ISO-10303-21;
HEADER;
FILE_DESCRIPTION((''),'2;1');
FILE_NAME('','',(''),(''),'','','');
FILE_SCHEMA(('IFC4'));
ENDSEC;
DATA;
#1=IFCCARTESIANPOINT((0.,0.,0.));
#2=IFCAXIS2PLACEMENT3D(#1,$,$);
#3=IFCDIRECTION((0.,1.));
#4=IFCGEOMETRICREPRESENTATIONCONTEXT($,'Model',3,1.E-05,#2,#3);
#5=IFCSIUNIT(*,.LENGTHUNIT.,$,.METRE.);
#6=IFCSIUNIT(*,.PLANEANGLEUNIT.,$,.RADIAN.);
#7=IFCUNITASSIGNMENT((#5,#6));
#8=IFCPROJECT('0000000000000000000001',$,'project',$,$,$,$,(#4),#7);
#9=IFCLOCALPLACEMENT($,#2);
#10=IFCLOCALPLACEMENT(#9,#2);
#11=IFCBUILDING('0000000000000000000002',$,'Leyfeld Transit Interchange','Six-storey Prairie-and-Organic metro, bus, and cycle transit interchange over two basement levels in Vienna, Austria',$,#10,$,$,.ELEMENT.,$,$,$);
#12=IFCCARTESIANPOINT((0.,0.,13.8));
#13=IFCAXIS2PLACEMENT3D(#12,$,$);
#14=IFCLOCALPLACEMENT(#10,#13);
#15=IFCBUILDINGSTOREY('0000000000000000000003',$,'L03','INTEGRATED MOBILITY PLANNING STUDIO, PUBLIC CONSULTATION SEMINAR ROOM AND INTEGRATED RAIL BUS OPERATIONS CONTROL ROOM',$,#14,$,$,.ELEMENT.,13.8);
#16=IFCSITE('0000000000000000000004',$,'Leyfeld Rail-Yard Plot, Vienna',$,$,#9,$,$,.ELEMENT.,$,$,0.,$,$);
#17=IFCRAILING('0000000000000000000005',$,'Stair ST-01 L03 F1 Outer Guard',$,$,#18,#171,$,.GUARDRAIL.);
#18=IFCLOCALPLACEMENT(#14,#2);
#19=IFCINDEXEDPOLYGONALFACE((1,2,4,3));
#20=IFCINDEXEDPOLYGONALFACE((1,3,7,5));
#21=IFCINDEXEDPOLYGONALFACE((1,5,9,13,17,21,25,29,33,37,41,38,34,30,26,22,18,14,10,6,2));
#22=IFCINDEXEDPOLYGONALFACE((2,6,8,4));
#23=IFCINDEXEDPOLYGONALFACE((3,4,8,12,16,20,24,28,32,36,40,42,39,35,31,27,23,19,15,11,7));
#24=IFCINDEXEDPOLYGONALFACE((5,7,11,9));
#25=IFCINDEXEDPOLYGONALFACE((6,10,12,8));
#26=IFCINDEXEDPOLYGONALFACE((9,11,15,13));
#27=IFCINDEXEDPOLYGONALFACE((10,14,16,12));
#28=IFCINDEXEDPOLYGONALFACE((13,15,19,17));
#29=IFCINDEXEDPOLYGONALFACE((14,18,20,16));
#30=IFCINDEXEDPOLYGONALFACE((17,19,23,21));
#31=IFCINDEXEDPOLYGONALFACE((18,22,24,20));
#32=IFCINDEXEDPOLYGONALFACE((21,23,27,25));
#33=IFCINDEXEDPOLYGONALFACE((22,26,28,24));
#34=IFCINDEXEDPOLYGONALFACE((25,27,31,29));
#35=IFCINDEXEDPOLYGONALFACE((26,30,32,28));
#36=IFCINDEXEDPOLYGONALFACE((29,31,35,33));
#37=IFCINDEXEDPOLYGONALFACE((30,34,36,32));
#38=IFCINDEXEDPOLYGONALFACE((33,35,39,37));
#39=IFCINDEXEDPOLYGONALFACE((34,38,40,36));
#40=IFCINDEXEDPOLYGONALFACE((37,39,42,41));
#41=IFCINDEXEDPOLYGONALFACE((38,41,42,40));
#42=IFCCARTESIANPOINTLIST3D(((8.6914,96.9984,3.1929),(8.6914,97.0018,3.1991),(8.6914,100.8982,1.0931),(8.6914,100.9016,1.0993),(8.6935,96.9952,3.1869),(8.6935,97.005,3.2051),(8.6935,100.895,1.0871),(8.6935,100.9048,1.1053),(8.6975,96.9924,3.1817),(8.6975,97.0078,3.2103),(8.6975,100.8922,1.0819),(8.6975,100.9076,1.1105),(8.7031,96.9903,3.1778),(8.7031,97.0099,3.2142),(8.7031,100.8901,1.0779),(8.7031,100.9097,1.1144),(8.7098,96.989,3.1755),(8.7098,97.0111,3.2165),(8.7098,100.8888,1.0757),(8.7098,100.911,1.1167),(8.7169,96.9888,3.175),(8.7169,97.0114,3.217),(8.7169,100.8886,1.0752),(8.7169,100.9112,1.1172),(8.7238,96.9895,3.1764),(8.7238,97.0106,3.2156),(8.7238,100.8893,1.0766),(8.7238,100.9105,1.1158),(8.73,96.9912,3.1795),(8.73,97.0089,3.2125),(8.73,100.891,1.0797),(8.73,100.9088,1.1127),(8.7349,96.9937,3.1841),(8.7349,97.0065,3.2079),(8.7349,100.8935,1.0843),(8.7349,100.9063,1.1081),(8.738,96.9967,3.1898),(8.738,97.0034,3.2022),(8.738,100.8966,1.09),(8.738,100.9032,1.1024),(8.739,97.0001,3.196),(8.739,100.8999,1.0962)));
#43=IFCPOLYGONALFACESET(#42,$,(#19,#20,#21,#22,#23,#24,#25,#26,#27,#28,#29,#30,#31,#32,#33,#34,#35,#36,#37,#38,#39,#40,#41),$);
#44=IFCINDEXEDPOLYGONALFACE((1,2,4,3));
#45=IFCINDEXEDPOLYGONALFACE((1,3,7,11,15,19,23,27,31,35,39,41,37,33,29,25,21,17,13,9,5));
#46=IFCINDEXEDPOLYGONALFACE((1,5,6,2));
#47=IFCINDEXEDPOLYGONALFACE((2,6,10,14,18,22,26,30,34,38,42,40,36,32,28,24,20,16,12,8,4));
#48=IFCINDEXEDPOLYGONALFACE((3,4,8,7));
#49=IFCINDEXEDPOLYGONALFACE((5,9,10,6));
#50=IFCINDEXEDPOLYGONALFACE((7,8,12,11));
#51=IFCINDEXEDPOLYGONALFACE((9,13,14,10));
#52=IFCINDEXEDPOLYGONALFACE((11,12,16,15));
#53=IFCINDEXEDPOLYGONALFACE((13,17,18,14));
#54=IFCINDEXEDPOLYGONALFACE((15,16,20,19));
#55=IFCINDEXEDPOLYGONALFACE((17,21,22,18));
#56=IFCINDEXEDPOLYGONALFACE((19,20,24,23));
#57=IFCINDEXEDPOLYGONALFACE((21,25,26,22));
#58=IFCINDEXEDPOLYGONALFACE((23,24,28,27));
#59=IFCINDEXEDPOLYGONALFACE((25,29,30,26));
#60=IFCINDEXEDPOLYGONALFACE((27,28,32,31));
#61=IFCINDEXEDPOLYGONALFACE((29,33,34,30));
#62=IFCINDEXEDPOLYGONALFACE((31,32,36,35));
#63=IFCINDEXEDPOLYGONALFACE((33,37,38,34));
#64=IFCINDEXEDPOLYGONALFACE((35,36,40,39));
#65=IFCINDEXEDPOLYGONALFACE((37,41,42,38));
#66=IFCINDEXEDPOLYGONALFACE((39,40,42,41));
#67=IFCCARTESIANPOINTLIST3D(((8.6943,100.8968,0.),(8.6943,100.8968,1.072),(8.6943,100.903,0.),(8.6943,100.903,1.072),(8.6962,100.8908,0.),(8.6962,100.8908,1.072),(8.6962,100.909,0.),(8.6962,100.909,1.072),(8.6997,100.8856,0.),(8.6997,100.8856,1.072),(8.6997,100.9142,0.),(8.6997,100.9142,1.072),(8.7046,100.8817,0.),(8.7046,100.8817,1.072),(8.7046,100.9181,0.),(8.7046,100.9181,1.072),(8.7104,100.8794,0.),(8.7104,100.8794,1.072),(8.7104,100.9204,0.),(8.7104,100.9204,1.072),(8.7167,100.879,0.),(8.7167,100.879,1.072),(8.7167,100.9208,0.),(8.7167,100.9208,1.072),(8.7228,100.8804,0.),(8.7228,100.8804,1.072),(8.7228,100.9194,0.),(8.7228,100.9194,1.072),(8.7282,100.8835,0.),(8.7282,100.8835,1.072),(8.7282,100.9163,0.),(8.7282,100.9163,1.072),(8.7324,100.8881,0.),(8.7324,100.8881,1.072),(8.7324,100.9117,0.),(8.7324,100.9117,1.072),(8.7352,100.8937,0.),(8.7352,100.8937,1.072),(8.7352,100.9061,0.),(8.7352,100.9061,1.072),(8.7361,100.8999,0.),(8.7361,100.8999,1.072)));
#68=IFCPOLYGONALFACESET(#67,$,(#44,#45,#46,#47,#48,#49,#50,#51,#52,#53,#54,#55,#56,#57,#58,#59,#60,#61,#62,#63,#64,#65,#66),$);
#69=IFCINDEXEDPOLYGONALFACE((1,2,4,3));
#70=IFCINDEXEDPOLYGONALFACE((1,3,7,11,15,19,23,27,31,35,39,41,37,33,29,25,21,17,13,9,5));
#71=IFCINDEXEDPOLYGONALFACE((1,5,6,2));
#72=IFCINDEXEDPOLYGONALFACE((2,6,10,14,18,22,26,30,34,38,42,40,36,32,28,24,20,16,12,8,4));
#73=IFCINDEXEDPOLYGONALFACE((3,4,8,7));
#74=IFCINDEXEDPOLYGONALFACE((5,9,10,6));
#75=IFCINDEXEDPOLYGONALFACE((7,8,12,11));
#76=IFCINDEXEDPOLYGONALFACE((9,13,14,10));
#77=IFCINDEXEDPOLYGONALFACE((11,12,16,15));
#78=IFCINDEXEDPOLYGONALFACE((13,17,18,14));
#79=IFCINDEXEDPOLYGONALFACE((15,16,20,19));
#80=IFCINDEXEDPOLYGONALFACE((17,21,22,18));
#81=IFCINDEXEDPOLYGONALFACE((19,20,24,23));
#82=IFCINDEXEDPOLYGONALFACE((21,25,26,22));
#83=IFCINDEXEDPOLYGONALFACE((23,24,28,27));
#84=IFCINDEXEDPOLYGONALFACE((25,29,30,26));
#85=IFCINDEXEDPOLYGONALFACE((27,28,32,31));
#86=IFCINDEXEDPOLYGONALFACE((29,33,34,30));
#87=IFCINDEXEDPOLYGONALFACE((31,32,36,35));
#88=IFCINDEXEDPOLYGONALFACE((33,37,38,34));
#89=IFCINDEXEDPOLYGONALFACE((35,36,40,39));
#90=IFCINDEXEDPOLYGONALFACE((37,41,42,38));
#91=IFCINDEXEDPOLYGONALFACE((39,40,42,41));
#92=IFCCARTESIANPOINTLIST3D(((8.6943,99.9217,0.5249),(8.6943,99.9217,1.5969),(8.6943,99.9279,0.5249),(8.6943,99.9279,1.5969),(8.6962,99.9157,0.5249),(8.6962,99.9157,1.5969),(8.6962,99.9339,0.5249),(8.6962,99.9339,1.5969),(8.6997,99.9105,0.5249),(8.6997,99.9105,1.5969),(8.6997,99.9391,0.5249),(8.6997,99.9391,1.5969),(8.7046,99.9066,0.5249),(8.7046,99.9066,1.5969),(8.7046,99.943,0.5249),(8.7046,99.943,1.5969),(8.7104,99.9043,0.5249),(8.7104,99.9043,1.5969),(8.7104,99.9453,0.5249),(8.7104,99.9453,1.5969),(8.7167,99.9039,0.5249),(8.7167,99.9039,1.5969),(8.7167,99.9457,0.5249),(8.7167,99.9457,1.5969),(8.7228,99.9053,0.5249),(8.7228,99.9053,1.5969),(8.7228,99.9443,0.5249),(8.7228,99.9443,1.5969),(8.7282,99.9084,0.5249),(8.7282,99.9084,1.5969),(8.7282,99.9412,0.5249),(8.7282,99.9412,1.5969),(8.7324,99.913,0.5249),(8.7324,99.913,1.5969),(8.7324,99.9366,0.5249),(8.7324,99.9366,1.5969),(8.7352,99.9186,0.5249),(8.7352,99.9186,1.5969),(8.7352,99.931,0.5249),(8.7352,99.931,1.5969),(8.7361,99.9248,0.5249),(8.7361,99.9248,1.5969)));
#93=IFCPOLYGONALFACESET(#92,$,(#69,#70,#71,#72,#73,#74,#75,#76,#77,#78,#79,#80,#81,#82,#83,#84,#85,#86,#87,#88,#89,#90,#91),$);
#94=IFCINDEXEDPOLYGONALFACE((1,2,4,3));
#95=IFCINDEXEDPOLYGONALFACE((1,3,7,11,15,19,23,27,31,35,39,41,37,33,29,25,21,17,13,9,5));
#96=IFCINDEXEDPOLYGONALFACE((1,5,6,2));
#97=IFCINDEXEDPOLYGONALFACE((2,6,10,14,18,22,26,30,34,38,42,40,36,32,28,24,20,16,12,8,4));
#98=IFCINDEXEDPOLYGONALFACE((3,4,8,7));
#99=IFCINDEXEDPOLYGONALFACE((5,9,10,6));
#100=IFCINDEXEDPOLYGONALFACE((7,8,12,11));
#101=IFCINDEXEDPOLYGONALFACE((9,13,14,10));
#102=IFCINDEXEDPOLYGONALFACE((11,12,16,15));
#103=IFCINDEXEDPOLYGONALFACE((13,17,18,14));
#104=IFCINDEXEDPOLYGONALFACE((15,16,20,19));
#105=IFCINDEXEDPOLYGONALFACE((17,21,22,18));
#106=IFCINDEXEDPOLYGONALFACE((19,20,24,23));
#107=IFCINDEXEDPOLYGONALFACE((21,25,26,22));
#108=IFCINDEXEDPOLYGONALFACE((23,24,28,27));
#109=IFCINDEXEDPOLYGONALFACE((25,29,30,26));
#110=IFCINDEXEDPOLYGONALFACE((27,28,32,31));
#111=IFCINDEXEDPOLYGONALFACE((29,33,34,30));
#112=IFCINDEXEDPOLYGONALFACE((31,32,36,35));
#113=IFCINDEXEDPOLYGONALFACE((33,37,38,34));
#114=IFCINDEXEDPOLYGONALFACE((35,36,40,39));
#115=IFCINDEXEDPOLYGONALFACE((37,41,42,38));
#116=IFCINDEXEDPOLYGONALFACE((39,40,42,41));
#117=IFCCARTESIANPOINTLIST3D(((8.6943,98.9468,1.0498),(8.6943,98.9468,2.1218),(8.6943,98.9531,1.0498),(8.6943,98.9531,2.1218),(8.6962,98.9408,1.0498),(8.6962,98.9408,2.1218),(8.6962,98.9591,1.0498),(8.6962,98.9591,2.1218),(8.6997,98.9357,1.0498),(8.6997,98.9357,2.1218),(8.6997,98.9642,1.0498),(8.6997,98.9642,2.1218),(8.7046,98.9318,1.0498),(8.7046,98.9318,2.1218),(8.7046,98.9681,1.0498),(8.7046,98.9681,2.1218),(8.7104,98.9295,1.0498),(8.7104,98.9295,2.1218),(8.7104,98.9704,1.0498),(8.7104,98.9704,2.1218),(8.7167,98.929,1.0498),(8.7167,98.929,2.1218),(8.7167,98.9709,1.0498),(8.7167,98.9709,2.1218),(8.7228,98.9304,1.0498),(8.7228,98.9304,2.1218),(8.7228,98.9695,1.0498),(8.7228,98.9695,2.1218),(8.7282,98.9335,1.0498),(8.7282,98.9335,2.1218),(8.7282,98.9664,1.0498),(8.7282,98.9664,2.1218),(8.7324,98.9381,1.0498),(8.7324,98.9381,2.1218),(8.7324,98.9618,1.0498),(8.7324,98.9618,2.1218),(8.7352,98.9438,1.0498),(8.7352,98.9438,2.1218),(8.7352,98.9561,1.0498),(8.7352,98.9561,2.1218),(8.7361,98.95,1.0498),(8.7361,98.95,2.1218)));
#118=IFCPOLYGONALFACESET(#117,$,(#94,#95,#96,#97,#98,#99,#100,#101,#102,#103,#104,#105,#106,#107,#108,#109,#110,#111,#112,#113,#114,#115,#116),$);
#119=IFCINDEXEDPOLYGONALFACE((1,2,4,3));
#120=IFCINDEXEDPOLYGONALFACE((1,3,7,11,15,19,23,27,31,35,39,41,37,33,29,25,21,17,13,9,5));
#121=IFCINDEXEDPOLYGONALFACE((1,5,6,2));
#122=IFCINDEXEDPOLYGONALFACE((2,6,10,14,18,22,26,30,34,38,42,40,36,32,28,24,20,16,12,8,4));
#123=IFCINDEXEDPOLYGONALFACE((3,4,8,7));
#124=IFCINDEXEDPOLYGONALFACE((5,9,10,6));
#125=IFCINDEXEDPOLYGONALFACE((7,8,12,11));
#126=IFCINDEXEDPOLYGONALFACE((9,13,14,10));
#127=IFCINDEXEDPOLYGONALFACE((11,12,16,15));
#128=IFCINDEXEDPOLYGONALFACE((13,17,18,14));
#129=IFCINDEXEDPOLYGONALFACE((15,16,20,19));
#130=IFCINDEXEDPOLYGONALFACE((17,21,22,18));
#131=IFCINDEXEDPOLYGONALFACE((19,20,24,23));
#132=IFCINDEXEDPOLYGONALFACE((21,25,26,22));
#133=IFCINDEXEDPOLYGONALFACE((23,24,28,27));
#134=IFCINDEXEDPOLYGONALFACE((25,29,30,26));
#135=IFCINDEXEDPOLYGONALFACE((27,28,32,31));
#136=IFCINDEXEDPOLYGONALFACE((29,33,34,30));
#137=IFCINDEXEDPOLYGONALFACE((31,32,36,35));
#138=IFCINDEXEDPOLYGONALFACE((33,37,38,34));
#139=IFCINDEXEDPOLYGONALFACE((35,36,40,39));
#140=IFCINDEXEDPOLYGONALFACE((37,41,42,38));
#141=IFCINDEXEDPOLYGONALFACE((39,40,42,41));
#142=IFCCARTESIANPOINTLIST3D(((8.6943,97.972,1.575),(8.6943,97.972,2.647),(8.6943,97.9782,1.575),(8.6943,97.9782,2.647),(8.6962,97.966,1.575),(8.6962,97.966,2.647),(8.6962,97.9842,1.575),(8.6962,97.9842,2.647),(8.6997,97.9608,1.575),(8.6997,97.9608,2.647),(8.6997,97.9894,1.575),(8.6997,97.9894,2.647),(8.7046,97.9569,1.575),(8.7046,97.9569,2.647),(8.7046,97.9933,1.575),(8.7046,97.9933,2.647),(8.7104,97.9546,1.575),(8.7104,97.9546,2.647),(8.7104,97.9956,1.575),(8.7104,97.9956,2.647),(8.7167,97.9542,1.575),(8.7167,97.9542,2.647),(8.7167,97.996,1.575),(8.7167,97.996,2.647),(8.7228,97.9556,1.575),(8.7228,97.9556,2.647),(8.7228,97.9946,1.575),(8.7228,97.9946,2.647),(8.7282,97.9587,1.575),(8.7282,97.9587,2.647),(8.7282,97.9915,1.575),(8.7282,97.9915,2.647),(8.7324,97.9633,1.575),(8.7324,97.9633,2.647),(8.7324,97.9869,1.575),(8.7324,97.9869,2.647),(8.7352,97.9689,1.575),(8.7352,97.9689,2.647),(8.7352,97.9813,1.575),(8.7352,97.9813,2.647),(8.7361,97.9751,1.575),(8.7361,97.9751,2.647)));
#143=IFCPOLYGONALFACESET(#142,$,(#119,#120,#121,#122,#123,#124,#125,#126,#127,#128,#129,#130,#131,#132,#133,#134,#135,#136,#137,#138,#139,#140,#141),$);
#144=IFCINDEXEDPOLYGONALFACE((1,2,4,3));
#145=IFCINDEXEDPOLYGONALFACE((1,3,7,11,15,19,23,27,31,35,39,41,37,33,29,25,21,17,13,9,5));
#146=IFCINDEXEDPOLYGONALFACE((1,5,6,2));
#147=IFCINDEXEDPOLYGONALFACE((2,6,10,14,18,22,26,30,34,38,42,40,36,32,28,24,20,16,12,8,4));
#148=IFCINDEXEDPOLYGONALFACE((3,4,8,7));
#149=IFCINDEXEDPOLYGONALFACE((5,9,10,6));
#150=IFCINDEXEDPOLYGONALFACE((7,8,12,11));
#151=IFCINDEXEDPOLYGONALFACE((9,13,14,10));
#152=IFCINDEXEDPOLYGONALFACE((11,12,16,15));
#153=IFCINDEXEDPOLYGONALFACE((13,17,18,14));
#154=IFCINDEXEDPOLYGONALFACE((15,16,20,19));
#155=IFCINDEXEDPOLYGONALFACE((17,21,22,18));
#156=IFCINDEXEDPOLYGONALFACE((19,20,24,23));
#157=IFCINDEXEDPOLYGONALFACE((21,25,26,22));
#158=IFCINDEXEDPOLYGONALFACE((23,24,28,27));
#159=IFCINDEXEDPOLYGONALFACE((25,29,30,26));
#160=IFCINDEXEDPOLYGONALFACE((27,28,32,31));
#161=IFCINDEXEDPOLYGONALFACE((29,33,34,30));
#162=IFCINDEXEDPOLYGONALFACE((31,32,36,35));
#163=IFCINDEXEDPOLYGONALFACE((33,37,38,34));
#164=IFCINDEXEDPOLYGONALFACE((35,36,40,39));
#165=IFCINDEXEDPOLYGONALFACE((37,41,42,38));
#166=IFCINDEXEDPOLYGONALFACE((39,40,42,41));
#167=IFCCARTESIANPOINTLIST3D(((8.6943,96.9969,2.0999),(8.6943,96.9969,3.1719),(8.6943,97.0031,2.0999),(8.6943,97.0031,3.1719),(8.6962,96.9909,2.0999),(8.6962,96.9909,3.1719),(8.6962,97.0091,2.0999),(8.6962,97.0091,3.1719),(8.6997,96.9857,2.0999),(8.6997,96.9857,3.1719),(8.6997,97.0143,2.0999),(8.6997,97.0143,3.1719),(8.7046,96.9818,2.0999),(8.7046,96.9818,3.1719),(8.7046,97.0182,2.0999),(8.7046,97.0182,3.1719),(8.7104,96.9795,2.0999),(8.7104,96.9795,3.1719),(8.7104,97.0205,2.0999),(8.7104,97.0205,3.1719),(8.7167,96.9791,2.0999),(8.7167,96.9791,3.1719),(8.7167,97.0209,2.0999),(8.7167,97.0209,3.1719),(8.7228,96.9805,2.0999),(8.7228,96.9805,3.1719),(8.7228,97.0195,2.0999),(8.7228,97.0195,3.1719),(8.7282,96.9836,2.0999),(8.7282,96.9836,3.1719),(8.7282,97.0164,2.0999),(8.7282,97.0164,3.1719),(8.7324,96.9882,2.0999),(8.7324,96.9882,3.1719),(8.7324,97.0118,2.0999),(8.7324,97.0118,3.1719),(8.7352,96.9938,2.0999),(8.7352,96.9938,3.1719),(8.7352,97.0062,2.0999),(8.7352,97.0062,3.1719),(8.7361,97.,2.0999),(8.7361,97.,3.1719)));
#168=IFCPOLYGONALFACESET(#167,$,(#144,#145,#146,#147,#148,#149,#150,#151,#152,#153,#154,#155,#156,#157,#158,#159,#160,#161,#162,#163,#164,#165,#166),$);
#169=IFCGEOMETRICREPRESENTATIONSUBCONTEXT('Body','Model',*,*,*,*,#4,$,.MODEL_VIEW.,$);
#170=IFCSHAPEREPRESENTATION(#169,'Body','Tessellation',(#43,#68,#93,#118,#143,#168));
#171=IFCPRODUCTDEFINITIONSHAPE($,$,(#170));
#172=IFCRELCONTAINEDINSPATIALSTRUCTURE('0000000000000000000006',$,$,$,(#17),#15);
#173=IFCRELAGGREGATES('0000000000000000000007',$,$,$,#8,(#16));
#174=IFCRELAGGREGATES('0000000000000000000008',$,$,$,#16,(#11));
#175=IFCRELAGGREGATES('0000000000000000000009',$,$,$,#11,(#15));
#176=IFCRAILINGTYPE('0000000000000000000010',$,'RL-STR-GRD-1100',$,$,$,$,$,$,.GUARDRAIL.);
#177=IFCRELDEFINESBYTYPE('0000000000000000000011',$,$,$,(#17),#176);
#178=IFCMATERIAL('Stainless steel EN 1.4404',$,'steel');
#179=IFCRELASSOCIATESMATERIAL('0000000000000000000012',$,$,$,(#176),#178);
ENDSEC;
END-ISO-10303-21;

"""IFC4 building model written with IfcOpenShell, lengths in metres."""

from ifc_helpers import new_model, si_unit, direction, frame, origin, origin_2d, place, context, subcontext, project, spatial, circle, extrude, material, type_object, element, save


model = new_model("IFC4")

# Units and contexts
model_context = context("Model", 3, precision=1e-05, world=origin(), true_north=direction((0.0, 1.0)))
body_context = subcontext(model_context, "Body", "Model", "MODEL_VIEW")
ifc_project = project(units=[si_unit("LENGTHUNIT", "METRE"), si_unit("PLANEANGLEUNIT", "RADIAN")], contexts=[model_context])

# Site, building, storey
site_placement = place(None, origin())
site = spatial("IfcSite", under=ifc_project, at=site_placement, Name="Leyfeld Rail-Yard Plot, Vienna", CompositionType="ELEMENT", RefElevation=0.0)
building_placement = place(site_placement, origin())
building = spatial("IfcBuilding", under=site, at=building_placement, Name="Leyfeld Transit Interchange", Description="Six-storey Prairie-and-Organic metro, bus, and cycle transit interchange over two basement levels in Vienna, Austria", CompositionType="ELEMENT")
storey_placement = place(building_placement, frame((0.0, 0.0, 13.8)))
storey = spatial("IfcBuildingStorey", under=building, at=storey_placement, Name="L03", Description="INTEGRATED MOBILITY PLANNING STUDIO, PUBLIC CONSULTATION SEMINAR ROOM AND INTEGRATED RAIL BUS OPERATIONS CONTROL ROOM", CompositionType="ELEMENT", Elevation=13.8)

# Shared definitions
ifc_material_1 = material(Name="Stainless steel EN 1.4404", Category="steel")

# Railing
railing_type_1 = type_object("IfcRailingType", Name="RL-STR-GRD-1100", PredefinedType="GUARDRAIL", material=ifc_material_1)
for number, where, name in (
    (1, (8.7151, 100.8999, 0.0), "Stair ST-01 L03 F1 Outer Guard"),
):
    element("IfcRailing", number, at=place(storey_placement, frame(where)), inside=storey, type_object=railing_type_1, Name=name, PredefinedType="GUARDRAIL", context=body_context, shape_type="SweptSolid", body=[
        extrude(circle(Radius=0.0239, at=origin_2d()), frame((0.0, 0.0, 1.0962), z_axis=(0.0, -0.88048, 0.474083), x_axis=(1.0, 0.0, 0.0)), (0.0, 0.0, 1.0), 4.4292),
        extrude(circle(Radius=0.021, at=origin_2d()), origin(), (0.0, 0.0, 1.0), 1.072),
        extrude(circle(Radius=0.021, at=origin_2d()), frame((0.0, -0.9751, 0.5249)), (0.0, 0.0, 1.0), 1.072),
        extrude(circle(Radius=0.021, at=origin_2d()), frame((0.0, -1.95, 1.0498)), (0.0, 0.0, 1.0), 1.072),
        extrude(circle(Radius=0.021, at=origin_2d()), frame((0.0, -2.9248, 1.575)), (0.0, 0.0, 1.0), 1.072),
        extrude(circle(Radius=0.021, at=origin_2d()), frame((0.0, -3.8999, 2.0999)), (0.0, 0.0, 1.0), 1.072),
    ])

save(model, "model.ifc")
